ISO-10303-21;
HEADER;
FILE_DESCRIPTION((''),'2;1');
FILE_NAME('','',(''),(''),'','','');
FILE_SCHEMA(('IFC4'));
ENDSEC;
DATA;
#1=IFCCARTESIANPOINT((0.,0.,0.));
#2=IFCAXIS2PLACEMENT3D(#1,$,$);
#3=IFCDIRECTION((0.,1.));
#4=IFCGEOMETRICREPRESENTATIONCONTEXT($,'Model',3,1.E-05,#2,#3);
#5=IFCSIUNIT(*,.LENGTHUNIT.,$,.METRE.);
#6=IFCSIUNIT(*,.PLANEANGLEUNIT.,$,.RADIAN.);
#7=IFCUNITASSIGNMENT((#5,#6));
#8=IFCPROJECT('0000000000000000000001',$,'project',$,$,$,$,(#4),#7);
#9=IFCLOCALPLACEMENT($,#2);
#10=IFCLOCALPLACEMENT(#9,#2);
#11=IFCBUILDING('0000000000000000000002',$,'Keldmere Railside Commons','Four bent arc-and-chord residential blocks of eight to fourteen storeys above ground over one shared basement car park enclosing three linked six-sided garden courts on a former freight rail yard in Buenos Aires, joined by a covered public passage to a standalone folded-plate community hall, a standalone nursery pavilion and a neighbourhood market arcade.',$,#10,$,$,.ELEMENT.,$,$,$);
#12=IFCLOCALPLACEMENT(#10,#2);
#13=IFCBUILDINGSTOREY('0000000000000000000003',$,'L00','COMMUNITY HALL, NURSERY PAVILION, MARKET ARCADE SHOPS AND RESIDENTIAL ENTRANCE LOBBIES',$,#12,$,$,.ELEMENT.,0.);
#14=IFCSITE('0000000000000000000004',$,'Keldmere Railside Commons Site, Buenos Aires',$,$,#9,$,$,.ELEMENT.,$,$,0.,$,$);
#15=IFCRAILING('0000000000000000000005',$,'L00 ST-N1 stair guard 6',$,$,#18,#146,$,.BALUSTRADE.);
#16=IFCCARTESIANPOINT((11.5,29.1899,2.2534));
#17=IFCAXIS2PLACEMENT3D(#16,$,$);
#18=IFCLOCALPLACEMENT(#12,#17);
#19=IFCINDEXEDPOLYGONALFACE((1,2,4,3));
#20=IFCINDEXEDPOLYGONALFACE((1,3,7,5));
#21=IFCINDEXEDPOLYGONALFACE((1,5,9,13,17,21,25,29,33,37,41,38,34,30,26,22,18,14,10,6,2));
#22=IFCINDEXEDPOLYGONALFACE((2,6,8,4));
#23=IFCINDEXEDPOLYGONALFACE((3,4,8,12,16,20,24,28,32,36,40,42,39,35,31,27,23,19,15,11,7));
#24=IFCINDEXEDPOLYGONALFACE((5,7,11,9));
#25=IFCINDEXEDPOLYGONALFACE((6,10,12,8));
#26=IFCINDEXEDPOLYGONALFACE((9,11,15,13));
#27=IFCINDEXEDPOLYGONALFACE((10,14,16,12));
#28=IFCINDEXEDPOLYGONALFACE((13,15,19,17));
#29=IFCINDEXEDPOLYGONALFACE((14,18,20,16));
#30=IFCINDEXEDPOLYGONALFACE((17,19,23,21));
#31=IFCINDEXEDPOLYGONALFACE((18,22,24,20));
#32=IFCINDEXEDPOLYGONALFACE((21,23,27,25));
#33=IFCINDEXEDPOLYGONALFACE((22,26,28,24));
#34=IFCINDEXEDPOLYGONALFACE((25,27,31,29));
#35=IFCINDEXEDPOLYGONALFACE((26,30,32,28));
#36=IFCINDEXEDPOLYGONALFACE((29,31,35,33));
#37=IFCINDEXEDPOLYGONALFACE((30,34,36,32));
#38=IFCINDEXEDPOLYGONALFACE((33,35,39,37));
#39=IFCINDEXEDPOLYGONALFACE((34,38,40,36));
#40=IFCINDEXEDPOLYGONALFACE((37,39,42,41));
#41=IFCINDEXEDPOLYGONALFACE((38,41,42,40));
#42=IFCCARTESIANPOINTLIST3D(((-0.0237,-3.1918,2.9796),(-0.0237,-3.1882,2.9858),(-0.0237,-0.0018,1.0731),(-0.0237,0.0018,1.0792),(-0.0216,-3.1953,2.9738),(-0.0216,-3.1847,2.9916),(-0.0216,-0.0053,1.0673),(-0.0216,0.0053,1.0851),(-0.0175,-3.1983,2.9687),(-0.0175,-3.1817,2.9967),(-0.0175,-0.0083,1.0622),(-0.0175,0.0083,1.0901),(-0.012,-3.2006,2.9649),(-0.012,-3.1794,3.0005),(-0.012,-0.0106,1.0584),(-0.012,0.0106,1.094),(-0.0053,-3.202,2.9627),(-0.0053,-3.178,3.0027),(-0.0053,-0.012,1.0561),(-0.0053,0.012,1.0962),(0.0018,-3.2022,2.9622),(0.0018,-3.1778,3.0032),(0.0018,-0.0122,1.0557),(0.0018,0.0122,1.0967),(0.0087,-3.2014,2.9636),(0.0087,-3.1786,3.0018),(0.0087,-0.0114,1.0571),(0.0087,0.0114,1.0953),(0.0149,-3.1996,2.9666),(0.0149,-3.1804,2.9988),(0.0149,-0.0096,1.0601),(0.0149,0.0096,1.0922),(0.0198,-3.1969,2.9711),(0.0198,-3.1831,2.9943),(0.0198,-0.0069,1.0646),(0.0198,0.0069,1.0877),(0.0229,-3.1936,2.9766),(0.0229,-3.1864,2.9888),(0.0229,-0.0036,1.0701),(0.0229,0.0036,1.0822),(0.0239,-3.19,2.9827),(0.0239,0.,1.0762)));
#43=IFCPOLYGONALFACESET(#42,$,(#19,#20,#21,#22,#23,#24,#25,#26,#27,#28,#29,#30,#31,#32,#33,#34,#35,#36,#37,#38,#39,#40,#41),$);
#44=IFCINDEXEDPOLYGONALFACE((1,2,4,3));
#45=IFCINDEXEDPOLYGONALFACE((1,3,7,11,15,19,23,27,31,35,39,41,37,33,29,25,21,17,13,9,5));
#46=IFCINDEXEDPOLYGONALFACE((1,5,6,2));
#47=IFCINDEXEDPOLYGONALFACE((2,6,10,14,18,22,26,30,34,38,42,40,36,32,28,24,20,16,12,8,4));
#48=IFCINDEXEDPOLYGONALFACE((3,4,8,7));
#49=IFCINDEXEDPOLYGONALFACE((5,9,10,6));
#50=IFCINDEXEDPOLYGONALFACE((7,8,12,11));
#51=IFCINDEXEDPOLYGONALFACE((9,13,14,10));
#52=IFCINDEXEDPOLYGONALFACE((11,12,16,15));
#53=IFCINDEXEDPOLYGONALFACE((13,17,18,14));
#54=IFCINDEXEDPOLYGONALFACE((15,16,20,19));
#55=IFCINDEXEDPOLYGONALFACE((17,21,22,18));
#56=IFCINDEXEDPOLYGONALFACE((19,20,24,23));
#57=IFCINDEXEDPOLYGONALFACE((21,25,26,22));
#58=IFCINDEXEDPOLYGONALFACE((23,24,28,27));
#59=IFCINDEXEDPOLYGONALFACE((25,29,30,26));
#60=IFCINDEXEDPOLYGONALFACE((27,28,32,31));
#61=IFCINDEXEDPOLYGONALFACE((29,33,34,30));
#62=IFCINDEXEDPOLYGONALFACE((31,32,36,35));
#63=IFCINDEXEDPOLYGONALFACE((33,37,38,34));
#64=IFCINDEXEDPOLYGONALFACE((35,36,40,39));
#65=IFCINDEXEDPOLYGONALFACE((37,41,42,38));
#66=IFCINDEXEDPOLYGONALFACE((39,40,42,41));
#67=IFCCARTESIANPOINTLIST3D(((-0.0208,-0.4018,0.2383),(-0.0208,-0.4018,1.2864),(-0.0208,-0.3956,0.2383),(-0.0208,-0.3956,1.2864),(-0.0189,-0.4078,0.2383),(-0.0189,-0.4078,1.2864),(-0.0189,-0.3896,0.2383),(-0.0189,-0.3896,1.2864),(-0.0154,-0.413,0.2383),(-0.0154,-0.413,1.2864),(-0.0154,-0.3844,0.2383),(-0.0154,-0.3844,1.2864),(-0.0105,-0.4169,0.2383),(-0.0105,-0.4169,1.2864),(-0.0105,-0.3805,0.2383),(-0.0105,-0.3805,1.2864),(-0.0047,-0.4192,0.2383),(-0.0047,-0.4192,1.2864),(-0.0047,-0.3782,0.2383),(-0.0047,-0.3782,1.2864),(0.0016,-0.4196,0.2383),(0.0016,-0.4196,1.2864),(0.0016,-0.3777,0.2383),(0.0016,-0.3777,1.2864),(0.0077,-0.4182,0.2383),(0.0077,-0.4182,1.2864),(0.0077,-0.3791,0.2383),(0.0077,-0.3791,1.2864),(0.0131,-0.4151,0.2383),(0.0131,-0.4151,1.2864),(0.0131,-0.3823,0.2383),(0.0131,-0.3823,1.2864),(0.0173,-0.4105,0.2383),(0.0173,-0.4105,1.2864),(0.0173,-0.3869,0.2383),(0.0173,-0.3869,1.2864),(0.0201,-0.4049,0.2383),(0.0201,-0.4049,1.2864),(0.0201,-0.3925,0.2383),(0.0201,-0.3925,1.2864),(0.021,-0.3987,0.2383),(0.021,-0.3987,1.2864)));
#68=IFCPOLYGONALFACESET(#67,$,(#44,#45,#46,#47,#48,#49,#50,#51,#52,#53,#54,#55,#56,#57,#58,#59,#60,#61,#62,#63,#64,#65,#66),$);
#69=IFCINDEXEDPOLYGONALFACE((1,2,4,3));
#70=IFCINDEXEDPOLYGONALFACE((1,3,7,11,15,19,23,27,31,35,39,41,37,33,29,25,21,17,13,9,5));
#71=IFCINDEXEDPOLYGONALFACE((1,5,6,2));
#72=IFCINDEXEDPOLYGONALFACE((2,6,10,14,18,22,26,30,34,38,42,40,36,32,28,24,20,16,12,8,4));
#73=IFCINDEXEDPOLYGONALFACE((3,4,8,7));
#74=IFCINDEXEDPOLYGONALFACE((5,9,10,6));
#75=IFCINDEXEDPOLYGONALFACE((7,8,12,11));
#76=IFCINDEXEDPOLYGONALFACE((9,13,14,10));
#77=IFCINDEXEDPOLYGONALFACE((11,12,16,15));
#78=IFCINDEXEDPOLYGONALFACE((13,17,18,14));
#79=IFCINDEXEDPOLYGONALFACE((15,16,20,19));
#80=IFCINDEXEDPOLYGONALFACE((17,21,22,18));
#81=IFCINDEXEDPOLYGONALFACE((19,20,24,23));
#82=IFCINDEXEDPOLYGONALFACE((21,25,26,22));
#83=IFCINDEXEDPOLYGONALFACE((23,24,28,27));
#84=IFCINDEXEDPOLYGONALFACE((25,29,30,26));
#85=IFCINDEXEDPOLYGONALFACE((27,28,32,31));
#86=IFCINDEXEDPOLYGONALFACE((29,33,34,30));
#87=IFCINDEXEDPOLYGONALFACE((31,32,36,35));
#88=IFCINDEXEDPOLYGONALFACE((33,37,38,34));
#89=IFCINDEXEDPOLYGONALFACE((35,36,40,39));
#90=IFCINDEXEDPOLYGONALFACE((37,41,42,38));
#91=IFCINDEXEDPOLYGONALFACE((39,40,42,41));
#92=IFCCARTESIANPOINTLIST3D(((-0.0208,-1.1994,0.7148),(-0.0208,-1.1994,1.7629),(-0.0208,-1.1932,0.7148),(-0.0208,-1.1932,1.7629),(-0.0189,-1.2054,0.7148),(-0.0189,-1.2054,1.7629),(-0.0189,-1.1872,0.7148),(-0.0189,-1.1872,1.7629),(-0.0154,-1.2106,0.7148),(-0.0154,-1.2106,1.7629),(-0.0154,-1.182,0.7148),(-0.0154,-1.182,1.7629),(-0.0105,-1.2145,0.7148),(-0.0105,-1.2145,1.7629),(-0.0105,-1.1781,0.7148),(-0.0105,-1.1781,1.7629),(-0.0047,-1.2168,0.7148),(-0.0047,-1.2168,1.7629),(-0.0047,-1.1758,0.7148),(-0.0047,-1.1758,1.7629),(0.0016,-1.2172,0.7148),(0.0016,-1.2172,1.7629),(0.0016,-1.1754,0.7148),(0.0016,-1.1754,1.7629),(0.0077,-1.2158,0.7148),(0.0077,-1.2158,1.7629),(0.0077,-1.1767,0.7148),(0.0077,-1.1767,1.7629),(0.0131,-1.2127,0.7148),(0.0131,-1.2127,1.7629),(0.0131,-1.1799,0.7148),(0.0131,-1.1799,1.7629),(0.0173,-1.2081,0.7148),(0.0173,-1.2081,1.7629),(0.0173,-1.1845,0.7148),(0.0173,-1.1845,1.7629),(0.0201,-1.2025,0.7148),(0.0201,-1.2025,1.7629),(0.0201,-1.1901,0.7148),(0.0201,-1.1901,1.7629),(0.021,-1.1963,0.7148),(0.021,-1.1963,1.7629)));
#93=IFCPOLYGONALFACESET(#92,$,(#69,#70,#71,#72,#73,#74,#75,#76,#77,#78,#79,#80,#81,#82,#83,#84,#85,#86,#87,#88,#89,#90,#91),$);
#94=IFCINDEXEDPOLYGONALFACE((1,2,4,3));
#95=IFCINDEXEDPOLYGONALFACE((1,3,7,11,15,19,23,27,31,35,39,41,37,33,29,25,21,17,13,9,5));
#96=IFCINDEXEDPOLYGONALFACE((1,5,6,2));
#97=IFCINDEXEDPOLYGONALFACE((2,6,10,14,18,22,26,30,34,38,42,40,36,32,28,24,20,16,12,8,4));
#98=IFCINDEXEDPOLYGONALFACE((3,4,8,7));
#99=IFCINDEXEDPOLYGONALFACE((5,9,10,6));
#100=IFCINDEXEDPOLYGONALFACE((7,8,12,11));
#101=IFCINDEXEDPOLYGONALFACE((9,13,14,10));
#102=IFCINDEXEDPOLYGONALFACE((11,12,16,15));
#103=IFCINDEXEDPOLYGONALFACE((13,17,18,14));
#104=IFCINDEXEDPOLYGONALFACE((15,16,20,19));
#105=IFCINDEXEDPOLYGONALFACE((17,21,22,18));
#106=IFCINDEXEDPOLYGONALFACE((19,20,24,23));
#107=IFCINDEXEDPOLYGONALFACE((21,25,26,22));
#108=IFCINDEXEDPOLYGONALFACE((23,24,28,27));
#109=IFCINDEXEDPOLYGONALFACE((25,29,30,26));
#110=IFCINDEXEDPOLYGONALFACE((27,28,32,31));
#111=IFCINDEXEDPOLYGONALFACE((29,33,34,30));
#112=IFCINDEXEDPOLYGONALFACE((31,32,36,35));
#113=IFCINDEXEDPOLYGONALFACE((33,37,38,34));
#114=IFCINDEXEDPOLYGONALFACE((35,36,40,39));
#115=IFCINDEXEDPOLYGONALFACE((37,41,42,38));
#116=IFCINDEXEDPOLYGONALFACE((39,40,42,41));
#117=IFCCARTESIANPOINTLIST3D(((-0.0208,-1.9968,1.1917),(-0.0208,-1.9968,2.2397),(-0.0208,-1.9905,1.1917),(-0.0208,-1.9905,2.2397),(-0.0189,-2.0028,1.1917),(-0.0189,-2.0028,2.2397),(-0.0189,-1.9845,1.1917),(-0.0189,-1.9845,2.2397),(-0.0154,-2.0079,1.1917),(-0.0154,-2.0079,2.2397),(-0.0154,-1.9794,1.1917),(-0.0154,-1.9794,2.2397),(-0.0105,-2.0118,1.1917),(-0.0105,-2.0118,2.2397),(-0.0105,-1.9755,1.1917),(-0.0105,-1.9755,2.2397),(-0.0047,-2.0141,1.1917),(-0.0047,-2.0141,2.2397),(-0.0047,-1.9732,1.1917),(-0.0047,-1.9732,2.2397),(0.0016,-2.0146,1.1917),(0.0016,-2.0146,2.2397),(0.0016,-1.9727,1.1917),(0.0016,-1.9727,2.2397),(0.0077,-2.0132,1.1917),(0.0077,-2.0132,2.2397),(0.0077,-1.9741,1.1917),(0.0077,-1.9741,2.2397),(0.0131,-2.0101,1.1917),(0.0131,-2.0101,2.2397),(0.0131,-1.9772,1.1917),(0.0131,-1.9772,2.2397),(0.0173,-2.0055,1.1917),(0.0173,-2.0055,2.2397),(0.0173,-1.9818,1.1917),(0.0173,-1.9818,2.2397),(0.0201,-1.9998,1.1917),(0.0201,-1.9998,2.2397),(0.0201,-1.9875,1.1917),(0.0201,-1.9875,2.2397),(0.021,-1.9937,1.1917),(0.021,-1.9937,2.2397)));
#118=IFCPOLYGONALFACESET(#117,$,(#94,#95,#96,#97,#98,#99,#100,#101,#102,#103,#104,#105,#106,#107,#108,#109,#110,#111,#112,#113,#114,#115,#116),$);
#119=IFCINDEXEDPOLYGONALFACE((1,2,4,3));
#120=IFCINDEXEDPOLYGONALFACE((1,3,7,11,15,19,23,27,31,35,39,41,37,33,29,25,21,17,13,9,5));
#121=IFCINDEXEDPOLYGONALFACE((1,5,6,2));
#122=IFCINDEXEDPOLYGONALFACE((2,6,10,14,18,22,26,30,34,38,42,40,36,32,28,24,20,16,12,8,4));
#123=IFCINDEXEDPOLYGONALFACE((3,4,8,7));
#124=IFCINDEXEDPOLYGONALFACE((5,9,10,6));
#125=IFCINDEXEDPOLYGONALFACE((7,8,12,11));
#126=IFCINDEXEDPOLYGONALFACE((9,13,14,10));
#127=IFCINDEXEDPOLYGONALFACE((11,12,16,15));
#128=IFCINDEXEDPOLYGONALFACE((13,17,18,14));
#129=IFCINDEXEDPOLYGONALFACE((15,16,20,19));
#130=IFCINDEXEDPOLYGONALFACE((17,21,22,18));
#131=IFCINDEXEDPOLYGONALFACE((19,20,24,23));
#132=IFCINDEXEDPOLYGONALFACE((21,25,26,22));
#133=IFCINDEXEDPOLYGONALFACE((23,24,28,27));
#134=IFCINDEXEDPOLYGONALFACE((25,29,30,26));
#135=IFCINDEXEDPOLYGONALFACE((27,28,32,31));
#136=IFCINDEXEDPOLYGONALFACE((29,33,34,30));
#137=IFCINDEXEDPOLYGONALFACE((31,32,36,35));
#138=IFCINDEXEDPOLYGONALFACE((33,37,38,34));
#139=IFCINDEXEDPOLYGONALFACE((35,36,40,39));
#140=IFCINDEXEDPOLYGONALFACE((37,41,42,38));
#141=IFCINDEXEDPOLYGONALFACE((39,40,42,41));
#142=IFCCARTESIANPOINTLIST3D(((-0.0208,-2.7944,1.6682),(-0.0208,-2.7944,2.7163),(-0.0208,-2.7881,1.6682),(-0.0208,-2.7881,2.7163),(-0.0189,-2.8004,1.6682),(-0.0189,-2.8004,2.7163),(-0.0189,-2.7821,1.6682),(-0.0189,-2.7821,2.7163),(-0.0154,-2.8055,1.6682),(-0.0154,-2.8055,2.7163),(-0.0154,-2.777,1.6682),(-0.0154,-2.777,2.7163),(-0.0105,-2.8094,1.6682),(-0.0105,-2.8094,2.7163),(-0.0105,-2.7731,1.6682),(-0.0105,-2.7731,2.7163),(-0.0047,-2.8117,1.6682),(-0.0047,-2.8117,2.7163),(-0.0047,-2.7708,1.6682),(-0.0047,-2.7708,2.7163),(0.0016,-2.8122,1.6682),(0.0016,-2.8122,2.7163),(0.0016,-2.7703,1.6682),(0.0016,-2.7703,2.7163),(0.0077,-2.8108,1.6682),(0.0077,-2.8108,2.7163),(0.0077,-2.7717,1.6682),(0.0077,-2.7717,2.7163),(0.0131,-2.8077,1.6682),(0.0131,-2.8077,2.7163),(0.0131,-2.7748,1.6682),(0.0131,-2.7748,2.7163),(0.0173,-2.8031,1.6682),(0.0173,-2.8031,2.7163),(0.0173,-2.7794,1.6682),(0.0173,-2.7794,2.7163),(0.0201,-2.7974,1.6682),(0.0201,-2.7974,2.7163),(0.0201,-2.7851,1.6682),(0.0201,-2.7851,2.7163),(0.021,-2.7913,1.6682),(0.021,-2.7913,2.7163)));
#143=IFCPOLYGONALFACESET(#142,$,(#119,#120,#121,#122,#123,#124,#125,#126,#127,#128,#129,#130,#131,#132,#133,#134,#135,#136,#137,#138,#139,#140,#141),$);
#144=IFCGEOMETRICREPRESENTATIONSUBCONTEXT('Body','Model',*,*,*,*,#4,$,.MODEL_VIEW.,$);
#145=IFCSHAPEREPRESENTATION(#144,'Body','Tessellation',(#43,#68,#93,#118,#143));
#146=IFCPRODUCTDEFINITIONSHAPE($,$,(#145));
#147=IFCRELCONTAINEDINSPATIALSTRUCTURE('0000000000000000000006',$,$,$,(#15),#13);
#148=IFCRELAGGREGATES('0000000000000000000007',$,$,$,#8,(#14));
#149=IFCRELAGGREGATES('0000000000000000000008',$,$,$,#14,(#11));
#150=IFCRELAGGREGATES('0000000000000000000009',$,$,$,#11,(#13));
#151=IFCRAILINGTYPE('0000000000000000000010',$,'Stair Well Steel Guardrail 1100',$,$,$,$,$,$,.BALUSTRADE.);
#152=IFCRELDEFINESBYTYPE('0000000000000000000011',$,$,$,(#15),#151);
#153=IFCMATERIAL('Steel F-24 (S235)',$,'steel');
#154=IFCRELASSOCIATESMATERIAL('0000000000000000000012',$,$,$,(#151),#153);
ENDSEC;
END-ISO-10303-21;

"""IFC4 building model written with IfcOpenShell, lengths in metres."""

from ifc_helpers import new_model, si_unit, direction, frame, origin, origin_2d, place, context, subcontext, project, spatial, circle, extrude, material, type_object, element, save


model = new_model("IFC4")

# Units and contexts
model_context = context("Model", 3, precision=1e-05, world=origin(), true_north=direction((0.0, 1.0)))
body_context = subcontext(model_context, "Body", "Model", "MODEL_VIEW")
ifc_project = project(units=[si_unit("LENGTHUNIT", "METRE"), si_unit("PLANEANGLEUNIT", "RADIAN")], contexts=[model_context])

# Site, building, storey
site_placement = place(None, origin())
site = spatial("IfcSite", under=ifc_project, at=site_placement, Name="Keldmere Railside Commons Site, Buenos Aires", CompositionType="ELEMENT", RefElevation=0.0)
building_placement = place(site_placement, origin())
building = spatial("IfcBuilding", under=site, at=building_placement, Name="Keldmere Railside Commons", Description="Four bent arc-and-chord residential blocks of eight to fourteen storeys above ground over one shared basement car park enclosing three linked six-sided garden courts on a former freight rail yard in Buenos Aires, joined by a covered public passage to a standalone folded-plate community hall, a standalone nursery pavilion and a neighbourhood market arcade.", CompositionType="ELEMENT")
storey_placement = place(building_placement, origin())
storey = spatial("IfcBuildingStorey", under=building, at=storey_placement, Name="L00", Description="COMMUNITY HALL, NURSERY PAVILION, MARKET ARCADE SHOPS AND RESIDENTIAL ENTRANCE LOBBIES", CompositionType="ELEMENT", Elevation=0.0)

# Shared definitions
ifc_material_1 = material(Name="Steel F-24 (S235)", Category="steel")

# Railing
railing_type_1 = type_object("IfcRailingType", Name="Stair Well Steel Guardrail 1100", PredefinedType="BALUSTRADE", material=ifc_material_1)
railing_1_placement = place(storey_placement, frame((11.5, 29.1899, 2.2534)))
element("IfcRailing", 1, at=railing_1_placement, inside=storey, type_object=railing_type_1, Name="L00 ST-N1 stair guard 6", PredefinedType="BALUSTRADE", context=body_context, shape_type="SweptSolid", body=[
    extrude(circle(Radius=0.0239, at=origin_2d()), frame((0.0, 0.0, 1.0762), z_axis=(0.0, -0.858379, 0.513017), x_axis=(1.0, 0.0, 0.0)), (0.0, 0.0, 1.0), 3.7163),
    extrude(circle(Radius=0.021, at=origin_2d()), frame((0.0, -0.3987, 0.2383)), (0.0, 0.0, 1.0), 1.0481),
    extrude(circle(Radius=0.021, at=origin_2d()), frame((0.0, -1.1963, 0.7148)), (0.0, 0.0, 1.0), 1.0481),
    extrude(circle(Radius=0.021, at=origin_2d()), frame((0.0, -1.9937, 1.1917)), (0.0, 0.0, 1.0), 1.0481),
    extrude(circle(Radius=0.021, at=origin_2d()), frame((0.0, -2.7913, 1.6682)), (0.0, 0.0, 1.0), 1.0481),
])

save(model, "model.ifc")
